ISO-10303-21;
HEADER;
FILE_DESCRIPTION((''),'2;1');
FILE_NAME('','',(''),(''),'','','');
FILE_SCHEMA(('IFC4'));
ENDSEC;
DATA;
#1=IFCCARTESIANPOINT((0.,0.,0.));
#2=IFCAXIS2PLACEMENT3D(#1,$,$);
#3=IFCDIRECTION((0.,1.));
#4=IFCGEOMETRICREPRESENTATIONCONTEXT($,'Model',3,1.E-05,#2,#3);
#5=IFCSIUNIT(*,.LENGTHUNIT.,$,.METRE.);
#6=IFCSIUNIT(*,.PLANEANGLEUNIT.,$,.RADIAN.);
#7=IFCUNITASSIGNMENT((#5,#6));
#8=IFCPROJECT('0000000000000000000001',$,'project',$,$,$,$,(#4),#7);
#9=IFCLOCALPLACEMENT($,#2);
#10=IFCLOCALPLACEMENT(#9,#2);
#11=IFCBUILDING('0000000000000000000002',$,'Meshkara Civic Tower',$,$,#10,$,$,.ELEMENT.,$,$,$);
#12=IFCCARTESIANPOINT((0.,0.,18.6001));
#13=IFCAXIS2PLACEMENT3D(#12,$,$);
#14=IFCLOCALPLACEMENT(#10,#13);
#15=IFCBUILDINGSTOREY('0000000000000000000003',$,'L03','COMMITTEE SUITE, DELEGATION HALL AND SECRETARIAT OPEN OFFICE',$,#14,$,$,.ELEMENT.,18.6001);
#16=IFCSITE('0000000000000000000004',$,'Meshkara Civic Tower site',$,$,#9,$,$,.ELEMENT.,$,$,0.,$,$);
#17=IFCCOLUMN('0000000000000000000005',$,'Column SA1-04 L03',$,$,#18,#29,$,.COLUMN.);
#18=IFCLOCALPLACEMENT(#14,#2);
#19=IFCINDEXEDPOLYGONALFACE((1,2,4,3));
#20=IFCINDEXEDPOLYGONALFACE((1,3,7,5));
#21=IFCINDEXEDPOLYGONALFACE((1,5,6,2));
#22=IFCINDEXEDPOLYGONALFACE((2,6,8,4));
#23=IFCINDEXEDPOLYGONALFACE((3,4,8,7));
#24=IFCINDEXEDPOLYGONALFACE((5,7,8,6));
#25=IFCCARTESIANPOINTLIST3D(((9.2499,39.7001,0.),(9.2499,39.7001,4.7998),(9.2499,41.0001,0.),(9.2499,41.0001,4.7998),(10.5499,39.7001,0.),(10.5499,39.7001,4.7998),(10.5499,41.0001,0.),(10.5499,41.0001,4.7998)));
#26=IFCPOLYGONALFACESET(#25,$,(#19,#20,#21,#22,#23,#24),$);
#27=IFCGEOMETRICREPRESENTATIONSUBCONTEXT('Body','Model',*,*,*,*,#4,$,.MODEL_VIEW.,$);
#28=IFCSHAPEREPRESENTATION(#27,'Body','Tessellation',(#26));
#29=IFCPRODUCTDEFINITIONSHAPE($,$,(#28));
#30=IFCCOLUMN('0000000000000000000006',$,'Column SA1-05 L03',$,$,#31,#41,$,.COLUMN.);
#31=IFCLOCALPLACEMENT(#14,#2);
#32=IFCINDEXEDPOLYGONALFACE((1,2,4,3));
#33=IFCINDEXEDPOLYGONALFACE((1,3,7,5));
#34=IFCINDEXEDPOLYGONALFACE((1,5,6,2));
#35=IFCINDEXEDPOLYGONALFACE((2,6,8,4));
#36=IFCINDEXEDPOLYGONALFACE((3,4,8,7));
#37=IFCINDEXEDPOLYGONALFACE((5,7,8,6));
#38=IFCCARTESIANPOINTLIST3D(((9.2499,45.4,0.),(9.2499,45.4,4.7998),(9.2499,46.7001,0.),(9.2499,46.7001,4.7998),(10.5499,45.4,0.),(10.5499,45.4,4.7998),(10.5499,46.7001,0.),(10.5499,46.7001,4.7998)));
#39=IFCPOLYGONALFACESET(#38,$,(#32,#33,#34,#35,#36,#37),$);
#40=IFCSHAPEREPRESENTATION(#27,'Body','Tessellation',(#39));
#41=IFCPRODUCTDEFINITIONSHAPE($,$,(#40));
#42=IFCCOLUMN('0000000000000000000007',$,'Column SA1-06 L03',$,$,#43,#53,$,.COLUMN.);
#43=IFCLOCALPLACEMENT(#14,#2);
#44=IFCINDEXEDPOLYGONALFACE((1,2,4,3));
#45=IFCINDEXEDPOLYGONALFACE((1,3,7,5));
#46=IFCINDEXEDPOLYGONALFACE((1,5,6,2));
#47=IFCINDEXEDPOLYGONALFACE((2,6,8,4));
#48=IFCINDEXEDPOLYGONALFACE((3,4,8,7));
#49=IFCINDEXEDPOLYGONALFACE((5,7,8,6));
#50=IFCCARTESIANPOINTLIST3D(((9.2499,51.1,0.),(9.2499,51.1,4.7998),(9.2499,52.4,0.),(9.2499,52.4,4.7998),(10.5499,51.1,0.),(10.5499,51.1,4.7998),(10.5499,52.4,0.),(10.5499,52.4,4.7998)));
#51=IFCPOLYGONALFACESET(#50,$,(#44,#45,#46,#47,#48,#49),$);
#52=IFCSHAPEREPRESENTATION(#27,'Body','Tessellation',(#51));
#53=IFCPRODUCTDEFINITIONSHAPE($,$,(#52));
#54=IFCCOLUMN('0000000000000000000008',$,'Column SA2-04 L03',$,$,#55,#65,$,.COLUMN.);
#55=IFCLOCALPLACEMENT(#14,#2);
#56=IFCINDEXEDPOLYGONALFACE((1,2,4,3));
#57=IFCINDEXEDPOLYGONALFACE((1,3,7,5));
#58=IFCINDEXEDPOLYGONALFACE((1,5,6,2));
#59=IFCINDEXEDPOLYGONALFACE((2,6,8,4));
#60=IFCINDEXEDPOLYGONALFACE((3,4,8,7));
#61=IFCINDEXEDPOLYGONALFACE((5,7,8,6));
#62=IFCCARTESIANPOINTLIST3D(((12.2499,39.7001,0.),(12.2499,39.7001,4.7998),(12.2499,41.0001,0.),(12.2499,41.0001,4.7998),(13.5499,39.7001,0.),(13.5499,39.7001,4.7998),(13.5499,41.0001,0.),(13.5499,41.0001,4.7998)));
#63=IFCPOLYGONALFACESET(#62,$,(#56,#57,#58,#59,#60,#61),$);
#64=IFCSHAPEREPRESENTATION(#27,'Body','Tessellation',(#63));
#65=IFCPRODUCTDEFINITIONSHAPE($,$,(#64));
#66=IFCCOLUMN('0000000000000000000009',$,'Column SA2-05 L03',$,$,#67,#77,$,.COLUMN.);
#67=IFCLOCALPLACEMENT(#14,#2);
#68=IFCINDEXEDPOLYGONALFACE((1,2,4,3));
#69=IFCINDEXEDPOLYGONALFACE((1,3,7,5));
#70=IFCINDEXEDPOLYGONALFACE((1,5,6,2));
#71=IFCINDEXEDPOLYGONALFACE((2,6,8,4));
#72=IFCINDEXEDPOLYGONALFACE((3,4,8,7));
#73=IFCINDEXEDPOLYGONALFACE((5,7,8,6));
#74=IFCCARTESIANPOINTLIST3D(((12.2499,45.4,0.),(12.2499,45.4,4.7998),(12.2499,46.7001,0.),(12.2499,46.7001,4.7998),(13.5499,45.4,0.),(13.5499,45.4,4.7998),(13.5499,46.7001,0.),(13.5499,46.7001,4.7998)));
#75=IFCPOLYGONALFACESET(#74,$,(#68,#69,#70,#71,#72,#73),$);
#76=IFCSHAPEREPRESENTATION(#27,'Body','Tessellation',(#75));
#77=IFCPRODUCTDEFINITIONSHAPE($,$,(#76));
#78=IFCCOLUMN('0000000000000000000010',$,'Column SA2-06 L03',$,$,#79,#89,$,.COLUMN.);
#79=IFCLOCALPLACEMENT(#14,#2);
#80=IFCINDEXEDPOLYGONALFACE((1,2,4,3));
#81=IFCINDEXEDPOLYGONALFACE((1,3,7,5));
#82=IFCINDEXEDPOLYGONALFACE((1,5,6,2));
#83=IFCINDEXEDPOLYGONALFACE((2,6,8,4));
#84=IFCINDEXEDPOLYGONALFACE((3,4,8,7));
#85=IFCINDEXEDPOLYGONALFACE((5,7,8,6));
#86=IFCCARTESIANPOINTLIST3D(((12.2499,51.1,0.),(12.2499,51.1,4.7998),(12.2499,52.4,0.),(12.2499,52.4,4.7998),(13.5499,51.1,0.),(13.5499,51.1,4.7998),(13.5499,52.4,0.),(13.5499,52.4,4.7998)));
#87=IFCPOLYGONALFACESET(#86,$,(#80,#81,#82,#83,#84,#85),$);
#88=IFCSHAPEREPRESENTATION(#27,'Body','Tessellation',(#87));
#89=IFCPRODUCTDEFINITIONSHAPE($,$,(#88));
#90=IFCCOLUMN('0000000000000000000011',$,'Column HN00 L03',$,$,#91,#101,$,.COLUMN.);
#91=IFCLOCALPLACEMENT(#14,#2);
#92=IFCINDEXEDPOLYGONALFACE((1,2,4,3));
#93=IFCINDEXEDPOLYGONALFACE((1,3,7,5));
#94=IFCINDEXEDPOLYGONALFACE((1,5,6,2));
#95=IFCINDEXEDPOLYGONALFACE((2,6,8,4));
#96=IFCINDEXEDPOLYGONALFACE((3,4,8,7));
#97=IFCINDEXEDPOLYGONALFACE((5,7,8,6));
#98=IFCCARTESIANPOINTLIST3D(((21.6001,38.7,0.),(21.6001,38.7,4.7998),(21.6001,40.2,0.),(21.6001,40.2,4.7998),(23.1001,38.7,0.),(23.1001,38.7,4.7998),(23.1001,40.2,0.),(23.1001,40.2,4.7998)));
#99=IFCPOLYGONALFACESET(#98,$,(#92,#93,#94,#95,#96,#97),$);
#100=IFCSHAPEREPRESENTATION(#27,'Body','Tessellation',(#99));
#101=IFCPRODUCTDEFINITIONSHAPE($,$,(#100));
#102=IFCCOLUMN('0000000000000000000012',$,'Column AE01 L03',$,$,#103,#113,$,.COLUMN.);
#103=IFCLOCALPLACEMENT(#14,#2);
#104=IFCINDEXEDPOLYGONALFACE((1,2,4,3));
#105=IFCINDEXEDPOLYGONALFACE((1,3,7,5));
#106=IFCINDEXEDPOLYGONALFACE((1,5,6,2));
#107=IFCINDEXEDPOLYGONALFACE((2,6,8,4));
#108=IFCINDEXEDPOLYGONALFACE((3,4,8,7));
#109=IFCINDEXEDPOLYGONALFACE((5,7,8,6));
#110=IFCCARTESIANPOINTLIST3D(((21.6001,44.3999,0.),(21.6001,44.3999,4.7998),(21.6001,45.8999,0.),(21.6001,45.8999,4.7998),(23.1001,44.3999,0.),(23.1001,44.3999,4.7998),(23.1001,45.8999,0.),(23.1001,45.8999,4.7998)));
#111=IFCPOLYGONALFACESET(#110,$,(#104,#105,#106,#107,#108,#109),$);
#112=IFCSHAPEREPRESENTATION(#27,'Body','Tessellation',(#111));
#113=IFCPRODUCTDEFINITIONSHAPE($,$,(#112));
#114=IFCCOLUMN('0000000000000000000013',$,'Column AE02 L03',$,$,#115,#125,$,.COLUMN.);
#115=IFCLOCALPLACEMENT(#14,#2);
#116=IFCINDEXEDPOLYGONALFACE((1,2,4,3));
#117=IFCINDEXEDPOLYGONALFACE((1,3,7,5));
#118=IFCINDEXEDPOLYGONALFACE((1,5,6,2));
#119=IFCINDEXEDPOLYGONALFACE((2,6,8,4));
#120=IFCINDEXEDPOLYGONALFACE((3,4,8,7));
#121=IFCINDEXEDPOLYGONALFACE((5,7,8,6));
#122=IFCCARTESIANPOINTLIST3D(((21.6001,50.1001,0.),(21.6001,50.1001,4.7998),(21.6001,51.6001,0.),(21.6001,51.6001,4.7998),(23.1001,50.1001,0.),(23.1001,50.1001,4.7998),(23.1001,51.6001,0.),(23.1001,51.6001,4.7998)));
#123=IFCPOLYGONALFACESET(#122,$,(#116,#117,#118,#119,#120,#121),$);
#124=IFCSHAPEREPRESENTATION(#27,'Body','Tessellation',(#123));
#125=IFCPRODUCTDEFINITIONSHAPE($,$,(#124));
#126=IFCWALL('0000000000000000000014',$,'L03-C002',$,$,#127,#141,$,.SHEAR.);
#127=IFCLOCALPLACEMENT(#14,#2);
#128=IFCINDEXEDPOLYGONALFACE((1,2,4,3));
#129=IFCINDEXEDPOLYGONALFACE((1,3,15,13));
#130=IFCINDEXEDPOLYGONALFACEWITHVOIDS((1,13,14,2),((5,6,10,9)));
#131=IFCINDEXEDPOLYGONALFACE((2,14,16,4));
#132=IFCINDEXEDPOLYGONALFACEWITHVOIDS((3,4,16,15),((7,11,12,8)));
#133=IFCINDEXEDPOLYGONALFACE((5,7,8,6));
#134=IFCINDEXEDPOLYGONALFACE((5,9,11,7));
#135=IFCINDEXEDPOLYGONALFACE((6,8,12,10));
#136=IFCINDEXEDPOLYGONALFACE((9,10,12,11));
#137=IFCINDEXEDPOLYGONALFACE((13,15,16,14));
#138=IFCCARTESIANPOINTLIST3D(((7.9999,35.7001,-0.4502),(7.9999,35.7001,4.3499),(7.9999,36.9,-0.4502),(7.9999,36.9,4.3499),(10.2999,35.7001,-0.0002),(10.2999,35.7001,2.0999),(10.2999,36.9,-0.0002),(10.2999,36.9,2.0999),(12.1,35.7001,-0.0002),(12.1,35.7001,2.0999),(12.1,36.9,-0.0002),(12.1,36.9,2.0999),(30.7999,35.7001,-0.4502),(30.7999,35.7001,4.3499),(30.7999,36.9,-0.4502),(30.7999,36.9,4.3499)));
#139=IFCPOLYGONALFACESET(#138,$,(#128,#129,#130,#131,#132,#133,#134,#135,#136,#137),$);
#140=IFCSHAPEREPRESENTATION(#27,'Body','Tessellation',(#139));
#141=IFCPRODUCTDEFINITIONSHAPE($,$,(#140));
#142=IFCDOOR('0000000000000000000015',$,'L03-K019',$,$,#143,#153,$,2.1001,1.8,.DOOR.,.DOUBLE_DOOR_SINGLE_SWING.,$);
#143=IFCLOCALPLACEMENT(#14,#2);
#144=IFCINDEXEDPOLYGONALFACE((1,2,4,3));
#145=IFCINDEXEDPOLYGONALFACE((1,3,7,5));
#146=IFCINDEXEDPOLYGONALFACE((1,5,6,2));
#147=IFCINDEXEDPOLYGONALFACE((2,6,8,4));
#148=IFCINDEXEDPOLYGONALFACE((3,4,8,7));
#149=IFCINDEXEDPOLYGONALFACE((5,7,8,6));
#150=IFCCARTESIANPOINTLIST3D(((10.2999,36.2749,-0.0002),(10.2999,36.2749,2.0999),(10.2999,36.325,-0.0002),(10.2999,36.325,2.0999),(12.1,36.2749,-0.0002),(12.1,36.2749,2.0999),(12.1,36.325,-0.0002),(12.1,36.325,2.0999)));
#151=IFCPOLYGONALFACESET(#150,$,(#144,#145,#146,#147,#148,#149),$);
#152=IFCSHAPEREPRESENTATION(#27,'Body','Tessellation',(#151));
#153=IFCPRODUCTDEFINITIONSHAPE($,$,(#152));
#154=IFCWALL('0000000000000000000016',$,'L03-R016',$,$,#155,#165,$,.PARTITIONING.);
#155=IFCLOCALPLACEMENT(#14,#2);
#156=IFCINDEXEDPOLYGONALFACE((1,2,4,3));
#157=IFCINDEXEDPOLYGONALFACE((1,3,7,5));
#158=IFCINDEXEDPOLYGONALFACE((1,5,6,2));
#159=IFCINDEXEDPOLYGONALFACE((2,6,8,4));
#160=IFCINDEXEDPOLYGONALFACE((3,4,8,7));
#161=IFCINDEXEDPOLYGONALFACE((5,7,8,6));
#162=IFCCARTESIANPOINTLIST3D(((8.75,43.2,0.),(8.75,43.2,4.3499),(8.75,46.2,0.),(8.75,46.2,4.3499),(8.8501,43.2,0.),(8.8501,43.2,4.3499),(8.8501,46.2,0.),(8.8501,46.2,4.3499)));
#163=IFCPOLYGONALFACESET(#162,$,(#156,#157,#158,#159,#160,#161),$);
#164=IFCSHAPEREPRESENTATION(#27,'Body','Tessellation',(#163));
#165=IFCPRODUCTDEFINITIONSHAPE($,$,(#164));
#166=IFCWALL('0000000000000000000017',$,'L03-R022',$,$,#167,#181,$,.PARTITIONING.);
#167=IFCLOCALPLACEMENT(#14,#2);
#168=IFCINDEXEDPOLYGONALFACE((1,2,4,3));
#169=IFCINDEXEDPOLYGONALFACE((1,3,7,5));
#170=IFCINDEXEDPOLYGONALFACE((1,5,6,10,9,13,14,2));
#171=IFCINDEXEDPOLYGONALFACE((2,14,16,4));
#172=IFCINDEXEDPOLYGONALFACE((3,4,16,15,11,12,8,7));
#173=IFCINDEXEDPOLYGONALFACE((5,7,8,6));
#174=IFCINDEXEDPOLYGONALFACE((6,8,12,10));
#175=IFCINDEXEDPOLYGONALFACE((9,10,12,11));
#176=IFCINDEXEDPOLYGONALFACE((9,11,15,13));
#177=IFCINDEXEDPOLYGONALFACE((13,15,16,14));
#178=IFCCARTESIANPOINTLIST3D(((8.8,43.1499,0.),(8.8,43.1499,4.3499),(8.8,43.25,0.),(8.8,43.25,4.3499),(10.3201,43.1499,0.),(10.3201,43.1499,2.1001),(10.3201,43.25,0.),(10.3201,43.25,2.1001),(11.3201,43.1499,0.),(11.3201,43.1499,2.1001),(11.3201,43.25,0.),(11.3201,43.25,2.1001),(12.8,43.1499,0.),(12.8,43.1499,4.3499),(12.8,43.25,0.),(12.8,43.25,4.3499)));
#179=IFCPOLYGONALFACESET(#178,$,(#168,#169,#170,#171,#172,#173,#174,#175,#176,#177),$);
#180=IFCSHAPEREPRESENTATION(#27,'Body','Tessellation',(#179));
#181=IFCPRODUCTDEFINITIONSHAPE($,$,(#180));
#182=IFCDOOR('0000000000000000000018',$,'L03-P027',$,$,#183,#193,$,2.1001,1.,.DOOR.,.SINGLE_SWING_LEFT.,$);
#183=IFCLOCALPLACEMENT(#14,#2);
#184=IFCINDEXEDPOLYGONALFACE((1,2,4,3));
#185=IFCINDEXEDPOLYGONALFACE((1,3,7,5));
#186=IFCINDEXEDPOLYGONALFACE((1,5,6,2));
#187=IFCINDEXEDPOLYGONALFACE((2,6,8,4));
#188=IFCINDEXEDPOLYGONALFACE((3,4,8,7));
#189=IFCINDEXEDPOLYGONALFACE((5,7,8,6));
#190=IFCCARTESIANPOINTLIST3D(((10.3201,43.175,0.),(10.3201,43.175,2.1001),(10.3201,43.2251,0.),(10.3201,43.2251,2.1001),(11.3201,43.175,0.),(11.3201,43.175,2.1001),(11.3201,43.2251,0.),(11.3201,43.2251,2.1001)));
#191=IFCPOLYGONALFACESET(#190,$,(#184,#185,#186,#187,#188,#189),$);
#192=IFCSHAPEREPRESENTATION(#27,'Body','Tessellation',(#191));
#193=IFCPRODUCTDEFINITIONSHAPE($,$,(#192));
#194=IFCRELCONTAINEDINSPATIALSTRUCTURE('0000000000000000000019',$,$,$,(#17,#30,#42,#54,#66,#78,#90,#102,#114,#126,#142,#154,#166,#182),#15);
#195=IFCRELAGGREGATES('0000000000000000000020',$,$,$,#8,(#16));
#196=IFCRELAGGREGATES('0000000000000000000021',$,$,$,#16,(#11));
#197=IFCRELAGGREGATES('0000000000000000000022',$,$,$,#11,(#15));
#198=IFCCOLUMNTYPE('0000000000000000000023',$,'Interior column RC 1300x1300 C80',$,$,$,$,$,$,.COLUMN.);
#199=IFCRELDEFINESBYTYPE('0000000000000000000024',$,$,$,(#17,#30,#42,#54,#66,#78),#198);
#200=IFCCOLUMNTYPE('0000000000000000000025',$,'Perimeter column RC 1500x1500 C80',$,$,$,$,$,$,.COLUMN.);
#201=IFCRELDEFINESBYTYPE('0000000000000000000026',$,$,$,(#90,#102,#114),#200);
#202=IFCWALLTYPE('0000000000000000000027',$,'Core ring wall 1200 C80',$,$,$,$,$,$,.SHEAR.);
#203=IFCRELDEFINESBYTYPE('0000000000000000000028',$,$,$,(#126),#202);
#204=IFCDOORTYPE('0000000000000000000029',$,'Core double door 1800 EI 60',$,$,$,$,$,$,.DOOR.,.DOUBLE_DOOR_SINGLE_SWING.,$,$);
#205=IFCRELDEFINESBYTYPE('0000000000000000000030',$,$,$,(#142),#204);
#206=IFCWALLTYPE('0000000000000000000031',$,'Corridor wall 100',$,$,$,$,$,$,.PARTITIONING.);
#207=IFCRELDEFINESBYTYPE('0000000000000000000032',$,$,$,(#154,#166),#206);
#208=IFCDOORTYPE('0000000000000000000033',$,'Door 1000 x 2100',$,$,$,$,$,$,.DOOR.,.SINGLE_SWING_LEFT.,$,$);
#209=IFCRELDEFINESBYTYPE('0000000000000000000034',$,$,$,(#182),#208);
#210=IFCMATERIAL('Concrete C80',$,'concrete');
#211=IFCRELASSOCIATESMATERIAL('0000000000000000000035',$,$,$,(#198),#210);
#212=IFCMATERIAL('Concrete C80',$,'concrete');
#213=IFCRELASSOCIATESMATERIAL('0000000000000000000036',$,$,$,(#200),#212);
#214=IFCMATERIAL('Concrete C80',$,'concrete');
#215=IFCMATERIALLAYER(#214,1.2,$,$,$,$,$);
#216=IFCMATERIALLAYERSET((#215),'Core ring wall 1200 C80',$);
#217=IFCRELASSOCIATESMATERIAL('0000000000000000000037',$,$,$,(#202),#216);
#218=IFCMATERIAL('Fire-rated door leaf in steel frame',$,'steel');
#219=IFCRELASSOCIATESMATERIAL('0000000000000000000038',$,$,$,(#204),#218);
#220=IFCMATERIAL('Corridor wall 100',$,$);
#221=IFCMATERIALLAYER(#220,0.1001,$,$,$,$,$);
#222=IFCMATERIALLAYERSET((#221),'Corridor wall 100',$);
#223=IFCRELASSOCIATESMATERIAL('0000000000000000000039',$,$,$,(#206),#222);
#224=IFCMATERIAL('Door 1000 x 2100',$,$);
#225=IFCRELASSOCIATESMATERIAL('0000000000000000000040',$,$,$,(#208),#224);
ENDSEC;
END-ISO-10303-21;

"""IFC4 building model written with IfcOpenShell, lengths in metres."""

from ifc_helpers import new_model, si_unit, direction, frame, frame_2d, origin, origin_2d, place, context, subcontext, project, spatial, rectangle, extrude, material, layer, layer_set, material_profile, profile_set, type_object, element, fill, save


model = new_model("IFC4")

# Units and contexts
model_context = context("Model", 3, precision=1e-05, world=origin(), true_north=direction((0.0, 1.0)))
body_context = subcontext(model_context, "Body", "Model", "MODEL_VIEW")
ifc_project = project(units=[si_unit("LENGTHUNIT", "METRE"), si_unit("PLANEANGLEUNIT", "RADIAN")], contexts=[model_context])

# Site, building, storey
site_placement = place(None, origin())
site = spatial("IfcSite", under=ifc_project, at=site_placement, Name="Meshkara Civic Tower site", CompositionType="ELEMENT", RefElevation=0.0)
building_placement = place(site_placement, origin())
building = spatial("IfcBuilding", under=site, at=building_placement, Name="Meshkara Civic Tower", CompositionType="ELEMENT")
storey_placement = place(building_placement, frame((0.0, 0.0, 18.6001)))
storey = spatial("IfcBuildingStorey", under=building, at=storey_placement, Name="L03", Description="COMMITTEE SUITE, DELEGATION HALL AND SECRETARIAT OPEN OFFICE", CompositionType="ELEMENT", Elevation=18.6001)

# Columns
ifc_material_1 = material(Name="Concrete C80", Category="concrete")
ifc_material_profile_1 = material_profile(ifc_material_1, rectangle(XDim=1.3, YDim=1.3, at=origin_2d()))
ifc_profile_set_1 = profile_set([ifc_material_profile_1], Name="Concrete C80")
column_type_1 = type_object("IfcColumnType", Name="Interior column RC 1300x1300 C80", PredefinedType="COLUMN", material=ifc_profile_set_1)
for number, where, z_axis, x_axis, name in (
    (1, (9.8999, 40.3501, 0.0), (0.0, 0.0, 1.0), (1.0, 0.0, 0.0), "Column SA1-04 L03"),
    (2, (9.8999, 46.05, 0.0), (0.0, 0.0, 1.0), (1.0, 0.0, 0.0), "Column SA1-05 L03"),
    (3, (9.8999, 51.75, 0.0), (0.0, 0.0, 1.0), (1.0, 0.0, 0.0), "Column SA1-06 L03"),
    (4, (12.8999, 40.3501, 0.0), (0.0, 0.0, 1.0), (1.0, 0.0, 0.0), "Column SA2-04 L03"),
    (5, (12.8999, 46.05, 0.0), (0.0, 0.0, 1.0), (1.0, 0.0, 0.0), "Column SA2-05 L03"),
    (6, (12.8999, 51.75, 0.0), (0.0, 0.0, 1.0), (1.0, 0.0, 0.0), "Column SA2-06 L03"),
):
    element("IfcColumn", number, at=place(storey_placement, frame(where, z_axis=z_axis, x_axis=x_axis)), inside=storey, type_object=column_type_1, Name=name, PredefinedType="COLUMN", context=body_context, shape_type="SweptSolid", body=[
        extrude(rectangle(XDim=1.3, YDim=1.3, at=origin_2d()), origin(), (0.0, 0.0, 1.0), 4.7998),
    ])
ifc_material_2 = material(Name="Concrete C80", Category="concrete")
ifc_material_profile_2 = material_profile(ifc_material_2, rectangle(XDim=1.5, YDim=1.5, at=origin_2d()))
ifc_profile_set_2 = profile_set([ifc_material_profile_2], Name="Concrete C80")
column_type_2 = type_object("IfcColumnType", Name="Perimeter column RC 1500x1500 C80", PredefinedType="COLUMN", material=ifc_profile_set_2)
for number, where, z_axis, x_axis, name in (
    (7, (22.3501, 39.45, 0.0), (0.0, 0.0, 1.0), (1.0, 0.0, 0.0), "Column HN00 L03"),
    (8, (22.3501, 45.1499, 0.0), (0.0, 0.0, 1.0), (1.0, 0.0, 0.0), "Column AE01 L03"),
    (9, (22.3501, 50.8501, 0.0), (0.0, 0.0, 1.0), (1.0, 0.0, 0.0), "Column AE02 L03"),
):
    element("IfcColumn", number, at=place(storey_placement, frame(where, z_axis=z_axis, x_axis=x_axis)), inside=storey, type_object=column_type_2, Name=name, PredefinedType="COLUMN", context=body_context, shape_type="SweptSolid", body=[
        extrude(rectangle(XDim=1.5, YDim=1.5, at=origin_2d()), origin(), (0.0, 0.0, 1.0), 4.7998),
    ])

# Wall, opening, door
ifc_material_3 = material(Name="Concrete C80", Category="concrete")
ifc_layer_1 = layer(ifc_material_3, 1.2)
ifc_layer_set_1 = layer_set([ifc_layer_1], Name="Core ring wall 1200 C80")
wall_type_1 = type_object("IfcWallType", Name="Core ring wall 1200 C80", PredefinedType="SHEAR", material=ifc_layer_set_1)
wall_1_placement = place(storey_placement, frame((8.0, 36.3, -0.4502), z_axis=(0.0, 0.0, 1.0), x_axis=(1.0, 0.0, 0.0)))
wall_1 = element("IfcWall", 10, at=wall_1_placement, inside=storey, type_object=wall_type_1, Name="L03-C002", PredefinedType="SHEAR", context=body_context, shape_type="SweptSolid", body=[
    extrude(rectangle(XDim=22.8, YDim=1.2, at=frame_2d((11.3999, 0.0))), origin(), (0.0, 0.0, 1.0), 4.8),
])
opening_1_placement = place(wall_1_placement, frame((2.3, 0.0, 0.45)))
opening_1 = element("IfcOpeningElement", 11, at=opening_1_placement, cuts=wall_1, PredefinedType="OPENING", context=body_context, shape_type="SweptSolid", body=[
    extrude(rectangle(XDim=1.8, YDim=2.1001, at=frame_2d((0.8999, 1.05))), frame((0.0, 0.6099, 0.0), z_axis=(0.0, -1.0, 0.0), x_axis=(1.0, 0.0, 0.0)), (0.0, 0.0, 1.0), 1.22),
])
ifc_material_4 = material(Name="Fire-rated door leaf in steel frame", Category="steel")
door_type_1 = type_object("IfcDoorType", Name="Core double door 1800 EI 60", OperationType="DOUBLE_DOOR_SINGLE_SWING", PredefinedType="DOOR", material=ifc_material_4)
door_1_placement = place(opening_1_placement, origin())
door_1 = element("IfcDoor", 12, at=door_1_placement, inside=storey, type_object=door_type_1, Name="L03-K019", OperationType="DOUBLE_DOOR_SINGLE_SWING", OverallHeight=2.1001, OverallWidth=1.8, PredefinedType="DOOR", context=body_context, shape_type="SweptSolid", body=[
    extrude(rectangle(XDim=1.8, YDim=2.1001, at=frame_2d((0.8999, 1.05))), frame((0.0, 0.0249, 0.0), z_axis=(0.0, -1.0, 0.0), x_axis=(1.0, 0.0, 0.0)), (0.0, 0.0, 1.0), 0.05),
])
fill(opening_1, door_1)

# Wall
ifc_material_5 = material(Name="Corridor wall 100")
ifc_layer_2 = layer(ifc_material_5, 0.1001)
ifc_layer_set_2 = layer_set([ifc_layer_2], Name="Corridor wall 100")
wall_type_2 = type_object("IfcWallType", Name="Corridor wall 100", PredefinedType="PARTITIONING", material=ifc_layer_set_2)
wall_2_placement = place(storey_placement, frame((8.8, 43.2, 0.0), z_axis=(0.0, 0.0, 1.0), x_axis=(0.0, 1.0, 0.0)))
element("IfcWall", 13, at=wall_2_placement, inside=storey, type_object=wall_type_2, Name="L03-R016", PredefinedType="PARTITIONING", context=body_context, shape_type="SweptSolid", body=[
    extrude(rectangle(XDim=3.0, YDim=0.1001, at=frame_2d((1.5, 0.0))), origin(), (0.0, 0.0, 1.0), 4.3499),
])

# Wall, opening, door
wall_3_placement = place(storey_placement, frame((12.8, 43.2, 0.0), z_axis=(0.0, 0.0, 1.0), x_axis=(-1.0, 0.0, 0.0)))
wall_3 = element("IfcWall", 14, at=wall_3_placement, inside=storey, type_object=wall_type_2, Name="L03-R022", PredefinedType="PARTITIONING", context=body_context, shape_type="SweptSolid", body=[
    extrude(rectangle(XDim=4.0, YDim=0.1001, at=frame_2d((2.0, 0.0))), origin(), (0.0, 0.0, 1.0), 4.3499),
])
opening_2_placement = place(wall_3_placement, frame((1.48, 0.0, 0.0)))
opening_2 = element("IfcOpeningElement", 15, at=opening_2_placement, cuts=wall_3, PredefinedType="OPENING", context=body_context, shape_type="SweptSolid", body=[
    extrude(rectangle(XDim=1.0, YDim=2.1001, at=frame_2d((0.5, 1.05))), frame((0.0, 0.0601, 0.0), z_axis=(0.0, -1.0, 0.0), x_axis=(1.0, 0.0, 0.0)), (0.0, 0.0, 1.0), 0.1201),
])
ifc_material_6 = material(Name="Door 1000 x 2100")
door_type_2 = type_object("IfcDoorType", Name="Door 1000 x 2100", OperationType="SINGLE_SWING_LEFT", PredefinedType="DOOR", material=ifc_material_6)
door_2_placement = place(opening_2_placement, origin())
door_2 = element("IfcDoor", 16, at=door_2_placement, inside=storey, type_object=door_type_2, Name="L03-P027", OperationType="SINGLE_SWING_LEFT", OverallHeight=2.1001, OverallWidth=1.0, PredefinedType="DOOR", context=body_context, shape_type="SweptSolid", body=[
    extrude(rectangle(XDim=1.0, YDim=2.1001, at=frame_2d((0.5, 1.05))), frame((0.0, 0.0249, 0.0), z_axis=(0.0, -1.0, 0.0), x_axis=(1.0, 0.0, 0.0)), (0.0, 0.0, 1.0), 0.05),
])
fill(opening_2, door_2)

save(model, "model.ifc")
